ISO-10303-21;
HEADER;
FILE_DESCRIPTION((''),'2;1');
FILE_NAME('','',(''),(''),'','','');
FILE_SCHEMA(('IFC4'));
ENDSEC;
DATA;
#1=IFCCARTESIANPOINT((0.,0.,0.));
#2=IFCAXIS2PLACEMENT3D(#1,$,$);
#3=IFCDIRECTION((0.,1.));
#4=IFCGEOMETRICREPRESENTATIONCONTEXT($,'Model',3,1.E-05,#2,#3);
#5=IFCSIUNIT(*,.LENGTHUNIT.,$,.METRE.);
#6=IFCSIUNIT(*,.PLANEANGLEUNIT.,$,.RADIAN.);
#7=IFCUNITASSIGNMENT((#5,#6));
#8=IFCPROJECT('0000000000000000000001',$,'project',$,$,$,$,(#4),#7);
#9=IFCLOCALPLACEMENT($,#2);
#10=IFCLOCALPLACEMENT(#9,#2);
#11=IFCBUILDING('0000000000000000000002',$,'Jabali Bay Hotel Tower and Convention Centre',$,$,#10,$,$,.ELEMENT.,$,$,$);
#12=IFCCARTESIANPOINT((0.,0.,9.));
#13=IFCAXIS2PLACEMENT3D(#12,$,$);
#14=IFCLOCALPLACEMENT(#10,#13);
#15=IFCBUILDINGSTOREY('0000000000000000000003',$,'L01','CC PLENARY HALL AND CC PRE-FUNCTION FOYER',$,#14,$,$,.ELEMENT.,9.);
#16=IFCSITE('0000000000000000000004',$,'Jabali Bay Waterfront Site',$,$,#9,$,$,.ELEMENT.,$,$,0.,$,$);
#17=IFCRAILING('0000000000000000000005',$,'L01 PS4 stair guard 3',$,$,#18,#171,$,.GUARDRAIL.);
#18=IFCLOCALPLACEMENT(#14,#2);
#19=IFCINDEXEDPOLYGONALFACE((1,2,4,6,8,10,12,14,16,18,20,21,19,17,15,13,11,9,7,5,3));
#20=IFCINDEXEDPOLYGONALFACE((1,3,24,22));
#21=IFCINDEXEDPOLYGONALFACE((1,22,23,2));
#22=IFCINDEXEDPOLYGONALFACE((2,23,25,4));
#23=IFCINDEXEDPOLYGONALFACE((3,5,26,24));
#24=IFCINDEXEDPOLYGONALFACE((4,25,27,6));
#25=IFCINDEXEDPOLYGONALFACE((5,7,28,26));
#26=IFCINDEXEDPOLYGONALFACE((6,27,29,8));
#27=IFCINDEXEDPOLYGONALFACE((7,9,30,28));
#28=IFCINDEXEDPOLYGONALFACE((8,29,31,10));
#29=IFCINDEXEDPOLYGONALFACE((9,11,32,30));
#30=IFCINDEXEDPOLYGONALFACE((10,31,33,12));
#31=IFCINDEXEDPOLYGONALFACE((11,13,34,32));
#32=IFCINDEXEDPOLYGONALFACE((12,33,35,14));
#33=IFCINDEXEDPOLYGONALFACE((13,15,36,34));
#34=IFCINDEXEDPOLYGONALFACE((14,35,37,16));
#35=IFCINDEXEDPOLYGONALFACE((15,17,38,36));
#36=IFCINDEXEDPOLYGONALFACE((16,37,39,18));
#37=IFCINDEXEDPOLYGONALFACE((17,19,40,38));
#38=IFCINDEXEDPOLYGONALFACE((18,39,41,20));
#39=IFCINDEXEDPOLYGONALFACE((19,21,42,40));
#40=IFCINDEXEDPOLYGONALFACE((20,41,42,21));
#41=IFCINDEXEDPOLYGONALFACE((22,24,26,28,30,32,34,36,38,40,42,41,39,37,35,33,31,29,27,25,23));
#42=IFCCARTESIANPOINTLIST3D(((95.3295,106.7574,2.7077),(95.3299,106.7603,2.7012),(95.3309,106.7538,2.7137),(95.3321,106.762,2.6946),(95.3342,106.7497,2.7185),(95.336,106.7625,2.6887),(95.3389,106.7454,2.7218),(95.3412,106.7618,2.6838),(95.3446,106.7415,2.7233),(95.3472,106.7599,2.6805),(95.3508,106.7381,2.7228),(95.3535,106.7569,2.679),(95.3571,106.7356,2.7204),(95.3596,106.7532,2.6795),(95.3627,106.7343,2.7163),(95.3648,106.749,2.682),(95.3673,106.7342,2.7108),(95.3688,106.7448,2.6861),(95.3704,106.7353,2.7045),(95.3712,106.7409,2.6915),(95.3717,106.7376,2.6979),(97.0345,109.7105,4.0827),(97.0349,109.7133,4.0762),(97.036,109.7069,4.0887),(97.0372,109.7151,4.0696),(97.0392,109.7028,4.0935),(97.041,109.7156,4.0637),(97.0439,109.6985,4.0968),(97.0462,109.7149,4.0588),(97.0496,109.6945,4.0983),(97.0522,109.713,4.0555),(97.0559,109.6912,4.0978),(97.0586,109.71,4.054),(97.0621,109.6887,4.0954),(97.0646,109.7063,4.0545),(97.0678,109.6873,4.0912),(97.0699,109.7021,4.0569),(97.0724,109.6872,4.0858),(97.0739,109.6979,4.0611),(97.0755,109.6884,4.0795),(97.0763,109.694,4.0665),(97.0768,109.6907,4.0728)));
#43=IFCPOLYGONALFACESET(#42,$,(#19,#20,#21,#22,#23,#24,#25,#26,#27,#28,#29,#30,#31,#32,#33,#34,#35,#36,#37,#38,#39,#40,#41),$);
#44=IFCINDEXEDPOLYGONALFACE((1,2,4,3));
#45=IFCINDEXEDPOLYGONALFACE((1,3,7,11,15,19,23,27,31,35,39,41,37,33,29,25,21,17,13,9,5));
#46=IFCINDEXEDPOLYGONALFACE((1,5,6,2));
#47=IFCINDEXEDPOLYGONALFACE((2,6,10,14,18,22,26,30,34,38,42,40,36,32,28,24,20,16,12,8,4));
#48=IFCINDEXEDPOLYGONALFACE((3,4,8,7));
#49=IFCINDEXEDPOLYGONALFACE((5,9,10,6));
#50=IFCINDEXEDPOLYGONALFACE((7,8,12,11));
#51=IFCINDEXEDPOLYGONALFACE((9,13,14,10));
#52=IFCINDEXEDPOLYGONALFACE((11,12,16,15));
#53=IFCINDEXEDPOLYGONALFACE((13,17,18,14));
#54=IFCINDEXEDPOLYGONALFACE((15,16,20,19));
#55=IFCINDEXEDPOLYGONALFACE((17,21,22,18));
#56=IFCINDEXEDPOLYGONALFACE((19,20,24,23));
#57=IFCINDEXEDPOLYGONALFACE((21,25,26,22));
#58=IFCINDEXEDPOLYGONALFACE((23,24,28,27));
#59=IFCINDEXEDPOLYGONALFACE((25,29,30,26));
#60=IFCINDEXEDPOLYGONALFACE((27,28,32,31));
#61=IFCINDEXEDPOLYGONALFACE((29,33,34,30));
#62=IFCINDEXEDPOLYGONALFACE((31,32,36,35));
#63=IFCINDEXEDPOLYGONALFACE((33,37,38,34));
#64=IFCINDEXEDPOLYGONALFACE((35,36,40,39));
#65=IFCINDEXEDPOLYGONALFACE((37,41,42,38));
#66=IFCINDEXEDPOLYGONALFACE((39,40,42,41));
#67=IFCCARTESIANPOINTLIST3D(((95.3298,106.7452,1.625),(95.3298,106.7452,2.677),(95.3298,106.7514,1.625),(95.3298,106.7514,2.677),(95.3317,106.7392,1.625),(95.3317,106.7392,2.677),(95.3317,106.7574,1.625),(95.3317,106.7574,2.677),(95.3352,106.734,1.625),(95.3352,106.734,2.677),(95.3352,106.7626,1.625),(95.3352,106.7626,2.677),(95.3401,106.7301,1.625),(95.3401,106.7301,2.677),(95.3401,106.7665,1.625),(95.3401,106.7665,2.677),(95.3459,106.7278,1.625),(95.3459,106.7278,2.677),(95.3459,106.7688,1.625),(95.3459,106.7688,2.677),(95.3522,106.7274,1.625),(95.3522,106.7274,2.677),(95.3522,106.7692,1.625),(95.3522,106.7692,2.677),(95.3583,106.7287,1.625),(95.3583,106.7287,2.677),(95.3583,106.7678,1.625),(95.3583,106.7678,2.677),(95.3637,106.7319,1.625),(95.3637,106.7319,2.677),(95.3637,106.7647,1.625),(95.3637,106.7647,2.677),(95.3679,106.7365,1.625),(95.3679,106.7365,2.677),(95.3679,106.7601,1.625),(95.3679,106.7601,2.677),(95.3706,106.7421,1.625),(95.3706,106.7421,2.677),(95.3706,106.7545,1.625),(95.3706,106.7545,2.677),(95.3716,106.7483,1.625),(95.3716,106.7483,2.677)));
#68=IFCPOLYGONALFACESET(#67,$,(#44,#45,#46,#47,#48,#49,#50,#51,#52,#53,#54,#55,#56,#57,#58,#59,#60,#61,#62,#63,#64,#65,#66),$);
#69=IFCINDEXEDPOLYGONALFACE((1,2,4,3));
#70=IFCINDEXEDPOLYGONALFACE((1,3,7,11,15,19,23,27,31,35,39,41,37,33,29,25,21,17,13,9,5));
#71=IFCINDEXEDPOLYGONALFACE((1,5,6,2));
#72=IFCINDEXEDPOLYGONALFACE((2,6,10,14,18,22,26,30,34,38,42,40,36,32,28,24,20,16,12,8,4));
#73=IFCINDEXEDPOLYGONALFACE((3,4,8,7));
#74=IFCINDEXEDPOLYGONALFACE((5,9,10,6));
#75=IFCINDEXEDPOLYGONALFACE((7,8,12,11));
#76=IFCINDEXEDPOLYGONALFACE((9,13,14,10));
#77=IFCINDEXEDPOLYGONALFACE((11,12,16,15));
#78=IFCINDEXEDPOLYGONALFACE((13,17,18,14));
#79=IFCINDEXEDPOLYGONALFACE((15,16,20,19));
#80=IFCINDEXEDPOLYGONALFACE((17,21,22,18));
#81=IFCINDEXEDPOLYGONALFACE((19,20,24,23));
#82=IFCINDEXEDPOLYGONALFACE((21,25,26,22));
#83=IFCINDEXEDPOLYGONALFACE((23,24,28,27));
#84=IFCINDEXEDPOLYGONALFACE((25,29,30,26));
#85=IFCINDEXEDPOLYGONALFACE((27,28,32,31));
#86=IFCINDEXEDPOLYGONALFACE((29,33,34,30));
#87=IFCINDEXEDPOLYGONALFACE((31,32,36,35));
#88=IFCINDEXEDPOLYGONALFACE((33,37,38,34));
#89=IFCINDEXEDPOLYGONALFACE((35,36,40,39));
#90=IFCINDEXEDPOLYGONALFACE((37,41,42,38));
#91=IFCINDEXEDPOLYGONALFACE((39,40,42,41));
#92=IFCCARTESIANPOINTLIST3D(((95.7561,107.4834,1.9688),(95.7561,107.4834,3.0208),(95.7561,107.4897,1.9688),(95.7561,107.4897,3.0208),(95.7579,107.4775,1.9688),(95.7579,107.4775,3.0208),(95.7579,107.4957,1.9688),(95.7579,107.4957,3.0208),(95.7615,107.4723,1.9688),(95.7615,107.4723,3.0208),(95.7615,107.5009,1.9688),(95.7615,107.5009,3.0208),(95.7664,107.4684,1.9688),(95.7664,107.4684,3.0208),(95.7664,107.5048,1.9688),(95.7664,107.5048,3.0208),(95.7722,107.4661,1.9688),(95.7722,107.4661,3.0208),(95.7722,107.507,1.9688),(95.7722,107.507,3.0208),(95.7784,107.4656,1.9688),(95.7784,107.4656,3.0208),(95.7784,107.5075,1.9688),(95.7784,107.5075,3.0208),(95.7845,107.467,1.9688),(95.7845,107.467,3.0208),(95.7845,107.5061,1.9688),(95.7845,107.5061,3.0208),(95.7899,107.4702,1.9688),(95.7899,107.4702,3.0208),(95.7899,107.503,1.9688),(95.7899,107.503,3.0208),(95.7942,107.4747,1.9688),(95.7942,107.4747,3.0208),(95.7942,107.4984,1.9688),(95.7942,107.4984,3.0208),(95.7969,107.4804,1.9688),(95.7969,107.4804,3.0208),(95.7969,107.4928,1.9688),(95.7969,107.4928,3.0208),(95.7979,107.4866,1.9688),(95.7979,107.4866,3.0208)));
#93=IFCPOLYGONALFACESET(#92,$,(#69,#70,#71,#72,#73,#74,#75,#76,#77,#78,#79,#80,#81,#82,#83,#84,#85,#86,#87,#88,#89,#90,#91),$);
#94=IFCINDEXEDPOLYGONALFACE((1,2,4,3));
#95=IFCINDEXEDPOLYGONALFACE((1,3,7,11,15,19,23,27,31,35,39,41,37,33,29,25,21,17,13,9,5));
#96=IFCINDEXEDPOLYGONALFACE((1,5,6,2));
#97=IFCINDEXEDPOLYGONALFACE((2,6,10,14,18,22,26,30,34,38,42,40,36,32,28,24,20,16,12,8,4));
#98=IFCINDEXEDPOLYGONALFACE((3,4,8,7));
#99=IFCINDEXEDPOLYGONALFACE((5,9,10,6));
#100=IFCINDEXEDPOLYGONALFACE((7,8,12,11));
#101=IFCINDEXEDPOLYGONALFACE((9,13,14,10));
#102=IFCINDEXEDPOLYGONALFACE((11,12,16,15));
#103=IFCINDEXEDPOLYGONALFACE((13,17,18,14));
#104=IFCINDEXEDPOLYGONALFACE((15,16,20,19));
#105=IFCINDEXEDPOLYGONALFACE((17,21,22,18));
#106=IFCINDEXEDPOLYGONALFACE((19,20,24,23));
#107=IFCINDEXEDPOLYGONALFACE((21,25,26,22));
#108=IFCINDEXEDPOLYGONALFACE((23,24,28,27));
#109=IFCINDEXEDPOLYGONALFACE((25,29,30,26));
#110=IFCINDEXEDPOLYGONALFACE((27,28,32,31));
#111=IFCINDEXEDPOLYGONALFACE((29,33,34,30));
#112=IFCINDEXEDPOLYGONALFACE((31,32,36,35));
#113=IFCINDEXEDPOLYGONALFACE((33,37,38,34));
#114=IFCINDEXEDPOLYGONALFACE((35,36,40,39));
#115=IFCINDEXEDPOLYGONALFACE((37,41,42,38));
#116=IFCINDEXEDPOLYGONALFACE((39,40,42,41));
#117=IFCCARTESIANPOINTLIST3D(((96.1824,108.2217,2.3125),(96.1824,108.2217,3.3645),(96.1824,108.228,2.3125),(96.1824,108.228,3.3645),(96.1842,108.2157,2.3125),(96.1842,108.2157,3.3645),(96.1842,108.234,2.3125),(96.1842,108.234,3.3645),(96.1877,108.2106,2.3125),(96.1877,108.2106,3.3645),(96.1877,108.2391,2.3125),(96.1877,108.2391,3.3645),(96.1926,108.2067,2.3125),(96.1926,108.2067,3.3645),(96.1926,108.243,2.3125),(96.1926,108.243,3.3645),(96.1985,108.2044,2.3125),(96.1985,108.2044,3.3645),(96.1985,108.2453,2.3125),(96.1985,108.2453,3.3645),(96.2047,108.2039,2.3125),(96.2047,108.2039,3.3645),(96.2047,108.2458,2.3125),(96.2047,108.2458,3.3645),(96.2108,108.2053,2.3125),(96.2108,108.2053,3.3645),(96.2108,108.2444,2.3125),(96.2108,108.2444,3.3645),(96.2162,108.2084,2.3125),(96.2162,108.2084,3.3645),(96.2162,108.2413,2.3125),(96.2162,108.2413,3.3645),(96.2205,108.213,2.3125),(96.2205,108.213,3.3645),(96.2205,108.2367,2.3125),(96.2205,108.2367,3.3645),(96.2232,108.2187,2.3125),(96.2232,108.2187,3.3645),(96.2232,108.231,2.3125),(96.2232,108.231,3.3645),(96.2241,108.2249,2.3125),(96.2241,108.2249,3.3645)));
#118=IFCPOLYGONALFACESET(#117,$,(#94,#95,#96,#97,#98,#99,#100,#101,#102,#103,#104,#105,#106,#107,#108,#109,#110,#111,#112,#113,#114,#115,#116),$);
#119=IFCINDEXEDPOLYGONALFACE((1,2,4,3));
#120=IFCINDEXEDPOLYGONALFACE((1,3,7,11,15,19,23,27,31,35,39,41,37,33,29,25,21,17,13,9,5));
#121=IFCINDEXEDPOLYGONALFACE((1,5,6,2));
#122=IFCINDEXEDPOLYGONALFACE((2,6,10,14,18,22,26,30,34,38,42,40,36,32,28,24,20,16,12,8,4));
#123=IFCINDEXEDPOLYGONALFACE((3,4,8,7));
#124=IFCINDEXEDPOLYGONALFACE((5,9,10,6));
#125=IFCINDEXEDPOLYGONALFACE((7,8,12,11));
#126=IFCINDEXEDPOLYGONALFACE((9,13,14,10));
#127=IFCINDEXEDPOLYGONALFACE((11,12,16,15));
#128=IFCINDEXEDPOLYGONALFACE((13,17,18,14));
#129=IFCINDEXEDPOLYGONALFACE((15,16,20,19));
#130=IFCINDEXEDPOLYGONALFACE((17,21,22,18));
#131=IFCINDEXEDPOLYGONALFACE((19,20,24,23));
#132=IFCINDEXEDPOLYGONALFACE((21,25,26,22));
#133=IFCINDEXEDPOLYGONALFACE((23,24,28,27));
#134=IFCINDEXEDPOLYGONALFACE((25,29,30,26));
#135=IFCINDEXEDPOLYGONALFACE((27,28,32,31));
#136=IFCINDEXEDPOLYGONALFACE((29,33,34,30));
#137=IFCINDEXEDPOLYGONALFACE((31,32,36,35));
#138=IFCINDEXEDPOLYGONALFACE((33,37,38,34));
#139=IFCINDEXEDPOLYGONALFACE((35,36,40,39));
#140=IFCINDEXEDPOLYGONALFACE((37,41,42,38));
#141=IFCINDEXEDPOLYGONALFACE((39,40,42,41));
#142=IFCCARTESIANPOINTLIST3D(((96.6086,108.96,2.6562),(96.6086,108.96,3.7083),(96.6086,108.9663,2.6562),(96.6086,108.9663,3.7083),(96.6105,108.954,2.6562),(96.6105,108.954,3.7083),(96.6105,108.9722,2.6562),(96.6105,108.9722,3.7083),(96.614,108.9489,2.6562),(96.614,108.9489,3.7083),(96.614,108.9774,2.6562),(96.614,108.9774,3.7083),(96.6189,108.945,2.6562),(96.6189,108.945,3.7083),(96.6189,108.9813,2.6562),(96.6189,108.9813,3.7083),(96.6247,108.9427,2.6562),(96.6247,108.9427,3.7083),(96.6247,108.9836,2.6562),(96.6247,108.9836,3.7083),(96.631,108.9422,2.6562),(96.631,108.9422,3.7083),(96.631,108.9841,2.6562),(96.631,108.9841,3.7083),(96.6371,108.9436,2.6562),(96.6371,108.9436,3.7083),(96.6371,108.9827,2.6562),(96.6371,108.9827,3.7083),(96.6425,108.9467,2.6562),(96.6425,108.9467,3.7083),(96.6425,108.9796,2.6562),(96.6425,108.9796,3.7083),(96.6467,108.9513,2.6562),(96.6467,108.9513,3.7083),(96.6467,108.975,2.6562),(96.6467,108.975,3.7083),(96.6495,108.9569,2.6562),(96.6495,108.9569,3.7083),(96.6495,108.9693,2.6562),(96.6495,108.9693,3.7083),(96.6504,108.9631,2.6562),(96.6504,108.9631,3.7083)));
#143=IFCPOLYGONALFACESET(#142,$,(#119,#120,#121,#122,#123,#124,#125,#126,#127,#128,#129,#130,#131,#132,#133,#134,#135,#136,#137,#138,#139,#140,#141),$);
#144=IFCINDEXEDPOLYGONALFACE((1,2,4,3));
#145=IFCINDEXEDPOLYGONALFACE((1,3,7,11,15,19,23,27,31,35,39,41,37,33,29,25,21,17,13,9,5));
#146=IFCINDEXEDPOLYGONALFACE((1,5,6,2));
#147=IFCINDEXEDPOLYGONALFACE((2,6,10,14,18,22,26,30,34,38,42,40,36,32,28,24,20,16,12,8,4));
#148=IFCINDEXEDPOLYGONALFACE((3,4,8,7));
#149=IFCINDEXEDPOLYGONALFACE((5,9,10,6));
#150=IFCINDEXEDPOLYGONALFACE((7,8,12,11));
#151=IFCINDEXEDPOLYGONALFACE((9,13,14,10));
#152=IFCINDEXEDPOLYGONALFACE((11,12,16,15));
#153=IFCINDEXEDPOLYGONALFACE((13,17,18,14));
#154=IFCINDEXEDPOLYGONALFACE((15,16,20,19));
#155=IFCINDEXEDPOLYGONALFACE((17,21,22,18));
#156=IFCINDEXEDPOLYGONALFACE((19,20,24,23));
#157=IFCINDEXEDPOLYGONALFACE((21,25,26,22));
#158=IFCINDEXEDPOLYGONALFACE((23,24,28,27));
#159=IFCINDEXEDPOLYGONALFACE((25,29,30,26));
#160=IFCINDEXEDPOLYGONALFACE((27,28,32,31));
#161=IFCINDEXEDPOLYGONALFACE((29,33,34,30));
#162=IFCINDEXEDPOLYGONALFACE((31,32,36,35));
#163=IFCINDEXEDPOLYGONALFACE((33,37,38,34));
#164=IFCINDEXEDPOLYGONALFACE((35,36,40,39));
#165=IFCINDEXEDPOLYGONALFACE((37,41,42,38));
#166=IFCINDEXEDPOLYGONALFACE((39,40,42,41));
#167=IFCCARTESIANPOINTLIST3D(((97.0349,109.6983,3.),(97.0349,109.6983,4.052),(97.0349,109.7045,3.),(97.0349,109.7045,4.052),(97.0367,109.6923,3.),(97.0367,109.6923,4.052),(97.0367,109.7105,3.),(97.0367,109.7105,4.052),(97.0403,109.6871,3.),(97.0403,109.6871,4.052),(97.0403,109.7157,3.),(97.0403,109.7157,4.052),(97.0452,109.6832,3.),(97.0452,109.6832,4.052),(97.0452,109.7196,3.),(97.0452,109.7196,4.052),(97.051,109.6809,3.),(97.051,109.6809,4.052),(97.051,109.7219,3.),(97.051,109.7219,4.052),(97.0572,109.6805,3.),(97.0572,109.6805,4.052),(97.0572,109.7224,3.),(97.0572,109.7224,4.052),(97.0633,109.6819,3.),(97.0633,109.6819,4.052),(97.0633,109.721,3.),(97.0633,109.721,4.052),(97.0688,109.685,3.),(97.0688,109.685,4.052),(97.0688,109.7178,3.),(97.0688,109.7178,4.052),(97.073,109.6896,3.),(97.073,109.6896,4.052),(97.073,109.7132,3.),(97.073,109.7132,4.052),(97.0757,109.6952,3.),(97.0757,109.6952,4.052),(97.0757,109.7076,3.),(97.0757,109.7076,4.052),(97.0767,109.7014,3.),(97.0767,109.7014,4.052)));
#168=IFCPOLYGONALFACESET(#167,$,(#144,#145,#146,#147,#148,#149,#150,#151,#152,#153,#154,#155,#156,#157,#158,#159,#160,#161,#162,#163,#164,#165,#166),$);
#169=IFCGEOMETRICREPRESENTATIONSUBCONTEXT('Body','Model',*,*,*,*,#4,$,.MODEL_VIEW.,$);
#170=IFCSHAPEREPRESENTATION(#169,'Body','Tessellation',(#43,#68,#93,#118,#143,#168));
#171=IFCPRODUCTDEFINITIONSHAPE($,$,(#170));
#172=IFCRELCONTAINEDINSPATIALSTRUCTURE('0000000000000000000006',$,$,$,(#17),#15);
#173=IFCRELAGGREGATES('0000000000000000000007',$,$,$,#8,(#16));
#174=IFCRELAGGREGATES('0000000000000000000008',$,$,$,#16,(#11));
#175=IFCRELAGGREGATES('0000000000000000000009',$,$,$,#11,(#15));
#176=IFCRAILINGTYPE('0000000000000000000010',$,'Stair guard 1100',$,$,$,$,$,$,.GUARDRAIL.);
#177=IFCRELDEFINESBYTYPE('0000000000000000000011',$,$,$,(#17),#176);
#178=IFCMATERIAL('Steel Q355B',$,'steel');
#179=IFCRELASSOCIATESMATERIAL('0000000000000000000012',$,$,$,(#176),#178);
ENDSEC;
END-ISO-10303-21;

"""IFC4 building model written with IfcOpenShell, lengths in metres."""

from ifc_helpers import new_model, si_unit, direction, frame, origin, origin_2d, place, context, subcontext, project, spatial, circle, extrude, material, type_object, element, save


model = new_model("IFC4")

# Units and contexts
model_context = context("Model", 3, precision=1e-05, world=origin(), true_north=direction((0.0, 1.0)))
body_context = subcontext(model_context, "Body", "Model", "MODEL_VIEW")
ifc_project = project(units=[si_unit("LENGTHUNIT", "METRE"), si_unit("PLANEANGLEUNIT", "RADIAN")], contexts=[model_context])

# Site, building, storey
site_placement = place(None, origin())
site = spatial("IfcSite", under=ifc_project, at=site_placement, Name="Jabali Bay Waterfront Site", CompositionType="ELEMENT", RefElevation=0.0)
building_placement = place(site_placement, origin())
building = spatial("IfcBuilding", under=site, at=building_placement, Name="Jabali Bay Hotel Tower and Convention Centre", CompositionType="ELEMENT")
storey_placement = place(building_placement, frame((0.0, 0.0, 9.0)))
storey = spatial("IfcBuildingStorey", under=building, at=storey_placement, Name="L01", Description="CC PLENARY HALL AND CC PRE-FUNCTION FOYER", CompositionType="ELEMENT", Elevation=9.0)

# Railing
ifc_material_1 = material(Name="Steel Q355B", Category="steel")
railing_type_1 = type_object("IfcRailingType", Name="Stair guard 1100", PredefinedType="GUARDRAIL", material=ifc_material_1)
railing_1_placement = place(storey_placement, frame((95.3506, 106.7483, 1.625)))
element("IfcRailing", 1, at=railing_1_placement, inside=storey, type_object=railing_type_1, Name="L01 PS4 stair guard 3", PredefinedType="GUARDRAIL", context=body_context, shape_type="SweptSolid", body=[
    extrude(circle(Radius=0.0239, at=origin_2d()), frame((0.0, 0.0, 1.0762), z_axis=(0.46374, 0.803178, 0.373966), x_axis=(-0.866014, 0.50002, 0.0)), (0.0, 0.0, 1.0), 3.6768),
    extrude(circle(Radius=0.021, at=origin_2d()), origin(), (0.0, 0.0, 1.0), 1.052),
    extrude(circle(Radius=0.021, at=origin_2d()), frame((0.4263, 0.7383, 0.3438)), (0.0, 0.0, 1.0), 1.052),
    extrude(circle(Radius=0.021, at=origin_2d()), frame((0.8525, 1.4766, 0.6875)), (0.0, 0.0, 1.0), 1.052),
    extrude(circle(Radius=0.021, at=origin_2d()), frame((1.2788, 2.2148, 1.0312)), (0.0, 0.0, 1.0), 1.052),
    extrude(circle(Radius=0.021, at=origin_2d()), frame((1.7051, 2.9531, 1.375)), (0.0, 0.0, 1.0), 1.052),
])

save(model, "model.ifc")
